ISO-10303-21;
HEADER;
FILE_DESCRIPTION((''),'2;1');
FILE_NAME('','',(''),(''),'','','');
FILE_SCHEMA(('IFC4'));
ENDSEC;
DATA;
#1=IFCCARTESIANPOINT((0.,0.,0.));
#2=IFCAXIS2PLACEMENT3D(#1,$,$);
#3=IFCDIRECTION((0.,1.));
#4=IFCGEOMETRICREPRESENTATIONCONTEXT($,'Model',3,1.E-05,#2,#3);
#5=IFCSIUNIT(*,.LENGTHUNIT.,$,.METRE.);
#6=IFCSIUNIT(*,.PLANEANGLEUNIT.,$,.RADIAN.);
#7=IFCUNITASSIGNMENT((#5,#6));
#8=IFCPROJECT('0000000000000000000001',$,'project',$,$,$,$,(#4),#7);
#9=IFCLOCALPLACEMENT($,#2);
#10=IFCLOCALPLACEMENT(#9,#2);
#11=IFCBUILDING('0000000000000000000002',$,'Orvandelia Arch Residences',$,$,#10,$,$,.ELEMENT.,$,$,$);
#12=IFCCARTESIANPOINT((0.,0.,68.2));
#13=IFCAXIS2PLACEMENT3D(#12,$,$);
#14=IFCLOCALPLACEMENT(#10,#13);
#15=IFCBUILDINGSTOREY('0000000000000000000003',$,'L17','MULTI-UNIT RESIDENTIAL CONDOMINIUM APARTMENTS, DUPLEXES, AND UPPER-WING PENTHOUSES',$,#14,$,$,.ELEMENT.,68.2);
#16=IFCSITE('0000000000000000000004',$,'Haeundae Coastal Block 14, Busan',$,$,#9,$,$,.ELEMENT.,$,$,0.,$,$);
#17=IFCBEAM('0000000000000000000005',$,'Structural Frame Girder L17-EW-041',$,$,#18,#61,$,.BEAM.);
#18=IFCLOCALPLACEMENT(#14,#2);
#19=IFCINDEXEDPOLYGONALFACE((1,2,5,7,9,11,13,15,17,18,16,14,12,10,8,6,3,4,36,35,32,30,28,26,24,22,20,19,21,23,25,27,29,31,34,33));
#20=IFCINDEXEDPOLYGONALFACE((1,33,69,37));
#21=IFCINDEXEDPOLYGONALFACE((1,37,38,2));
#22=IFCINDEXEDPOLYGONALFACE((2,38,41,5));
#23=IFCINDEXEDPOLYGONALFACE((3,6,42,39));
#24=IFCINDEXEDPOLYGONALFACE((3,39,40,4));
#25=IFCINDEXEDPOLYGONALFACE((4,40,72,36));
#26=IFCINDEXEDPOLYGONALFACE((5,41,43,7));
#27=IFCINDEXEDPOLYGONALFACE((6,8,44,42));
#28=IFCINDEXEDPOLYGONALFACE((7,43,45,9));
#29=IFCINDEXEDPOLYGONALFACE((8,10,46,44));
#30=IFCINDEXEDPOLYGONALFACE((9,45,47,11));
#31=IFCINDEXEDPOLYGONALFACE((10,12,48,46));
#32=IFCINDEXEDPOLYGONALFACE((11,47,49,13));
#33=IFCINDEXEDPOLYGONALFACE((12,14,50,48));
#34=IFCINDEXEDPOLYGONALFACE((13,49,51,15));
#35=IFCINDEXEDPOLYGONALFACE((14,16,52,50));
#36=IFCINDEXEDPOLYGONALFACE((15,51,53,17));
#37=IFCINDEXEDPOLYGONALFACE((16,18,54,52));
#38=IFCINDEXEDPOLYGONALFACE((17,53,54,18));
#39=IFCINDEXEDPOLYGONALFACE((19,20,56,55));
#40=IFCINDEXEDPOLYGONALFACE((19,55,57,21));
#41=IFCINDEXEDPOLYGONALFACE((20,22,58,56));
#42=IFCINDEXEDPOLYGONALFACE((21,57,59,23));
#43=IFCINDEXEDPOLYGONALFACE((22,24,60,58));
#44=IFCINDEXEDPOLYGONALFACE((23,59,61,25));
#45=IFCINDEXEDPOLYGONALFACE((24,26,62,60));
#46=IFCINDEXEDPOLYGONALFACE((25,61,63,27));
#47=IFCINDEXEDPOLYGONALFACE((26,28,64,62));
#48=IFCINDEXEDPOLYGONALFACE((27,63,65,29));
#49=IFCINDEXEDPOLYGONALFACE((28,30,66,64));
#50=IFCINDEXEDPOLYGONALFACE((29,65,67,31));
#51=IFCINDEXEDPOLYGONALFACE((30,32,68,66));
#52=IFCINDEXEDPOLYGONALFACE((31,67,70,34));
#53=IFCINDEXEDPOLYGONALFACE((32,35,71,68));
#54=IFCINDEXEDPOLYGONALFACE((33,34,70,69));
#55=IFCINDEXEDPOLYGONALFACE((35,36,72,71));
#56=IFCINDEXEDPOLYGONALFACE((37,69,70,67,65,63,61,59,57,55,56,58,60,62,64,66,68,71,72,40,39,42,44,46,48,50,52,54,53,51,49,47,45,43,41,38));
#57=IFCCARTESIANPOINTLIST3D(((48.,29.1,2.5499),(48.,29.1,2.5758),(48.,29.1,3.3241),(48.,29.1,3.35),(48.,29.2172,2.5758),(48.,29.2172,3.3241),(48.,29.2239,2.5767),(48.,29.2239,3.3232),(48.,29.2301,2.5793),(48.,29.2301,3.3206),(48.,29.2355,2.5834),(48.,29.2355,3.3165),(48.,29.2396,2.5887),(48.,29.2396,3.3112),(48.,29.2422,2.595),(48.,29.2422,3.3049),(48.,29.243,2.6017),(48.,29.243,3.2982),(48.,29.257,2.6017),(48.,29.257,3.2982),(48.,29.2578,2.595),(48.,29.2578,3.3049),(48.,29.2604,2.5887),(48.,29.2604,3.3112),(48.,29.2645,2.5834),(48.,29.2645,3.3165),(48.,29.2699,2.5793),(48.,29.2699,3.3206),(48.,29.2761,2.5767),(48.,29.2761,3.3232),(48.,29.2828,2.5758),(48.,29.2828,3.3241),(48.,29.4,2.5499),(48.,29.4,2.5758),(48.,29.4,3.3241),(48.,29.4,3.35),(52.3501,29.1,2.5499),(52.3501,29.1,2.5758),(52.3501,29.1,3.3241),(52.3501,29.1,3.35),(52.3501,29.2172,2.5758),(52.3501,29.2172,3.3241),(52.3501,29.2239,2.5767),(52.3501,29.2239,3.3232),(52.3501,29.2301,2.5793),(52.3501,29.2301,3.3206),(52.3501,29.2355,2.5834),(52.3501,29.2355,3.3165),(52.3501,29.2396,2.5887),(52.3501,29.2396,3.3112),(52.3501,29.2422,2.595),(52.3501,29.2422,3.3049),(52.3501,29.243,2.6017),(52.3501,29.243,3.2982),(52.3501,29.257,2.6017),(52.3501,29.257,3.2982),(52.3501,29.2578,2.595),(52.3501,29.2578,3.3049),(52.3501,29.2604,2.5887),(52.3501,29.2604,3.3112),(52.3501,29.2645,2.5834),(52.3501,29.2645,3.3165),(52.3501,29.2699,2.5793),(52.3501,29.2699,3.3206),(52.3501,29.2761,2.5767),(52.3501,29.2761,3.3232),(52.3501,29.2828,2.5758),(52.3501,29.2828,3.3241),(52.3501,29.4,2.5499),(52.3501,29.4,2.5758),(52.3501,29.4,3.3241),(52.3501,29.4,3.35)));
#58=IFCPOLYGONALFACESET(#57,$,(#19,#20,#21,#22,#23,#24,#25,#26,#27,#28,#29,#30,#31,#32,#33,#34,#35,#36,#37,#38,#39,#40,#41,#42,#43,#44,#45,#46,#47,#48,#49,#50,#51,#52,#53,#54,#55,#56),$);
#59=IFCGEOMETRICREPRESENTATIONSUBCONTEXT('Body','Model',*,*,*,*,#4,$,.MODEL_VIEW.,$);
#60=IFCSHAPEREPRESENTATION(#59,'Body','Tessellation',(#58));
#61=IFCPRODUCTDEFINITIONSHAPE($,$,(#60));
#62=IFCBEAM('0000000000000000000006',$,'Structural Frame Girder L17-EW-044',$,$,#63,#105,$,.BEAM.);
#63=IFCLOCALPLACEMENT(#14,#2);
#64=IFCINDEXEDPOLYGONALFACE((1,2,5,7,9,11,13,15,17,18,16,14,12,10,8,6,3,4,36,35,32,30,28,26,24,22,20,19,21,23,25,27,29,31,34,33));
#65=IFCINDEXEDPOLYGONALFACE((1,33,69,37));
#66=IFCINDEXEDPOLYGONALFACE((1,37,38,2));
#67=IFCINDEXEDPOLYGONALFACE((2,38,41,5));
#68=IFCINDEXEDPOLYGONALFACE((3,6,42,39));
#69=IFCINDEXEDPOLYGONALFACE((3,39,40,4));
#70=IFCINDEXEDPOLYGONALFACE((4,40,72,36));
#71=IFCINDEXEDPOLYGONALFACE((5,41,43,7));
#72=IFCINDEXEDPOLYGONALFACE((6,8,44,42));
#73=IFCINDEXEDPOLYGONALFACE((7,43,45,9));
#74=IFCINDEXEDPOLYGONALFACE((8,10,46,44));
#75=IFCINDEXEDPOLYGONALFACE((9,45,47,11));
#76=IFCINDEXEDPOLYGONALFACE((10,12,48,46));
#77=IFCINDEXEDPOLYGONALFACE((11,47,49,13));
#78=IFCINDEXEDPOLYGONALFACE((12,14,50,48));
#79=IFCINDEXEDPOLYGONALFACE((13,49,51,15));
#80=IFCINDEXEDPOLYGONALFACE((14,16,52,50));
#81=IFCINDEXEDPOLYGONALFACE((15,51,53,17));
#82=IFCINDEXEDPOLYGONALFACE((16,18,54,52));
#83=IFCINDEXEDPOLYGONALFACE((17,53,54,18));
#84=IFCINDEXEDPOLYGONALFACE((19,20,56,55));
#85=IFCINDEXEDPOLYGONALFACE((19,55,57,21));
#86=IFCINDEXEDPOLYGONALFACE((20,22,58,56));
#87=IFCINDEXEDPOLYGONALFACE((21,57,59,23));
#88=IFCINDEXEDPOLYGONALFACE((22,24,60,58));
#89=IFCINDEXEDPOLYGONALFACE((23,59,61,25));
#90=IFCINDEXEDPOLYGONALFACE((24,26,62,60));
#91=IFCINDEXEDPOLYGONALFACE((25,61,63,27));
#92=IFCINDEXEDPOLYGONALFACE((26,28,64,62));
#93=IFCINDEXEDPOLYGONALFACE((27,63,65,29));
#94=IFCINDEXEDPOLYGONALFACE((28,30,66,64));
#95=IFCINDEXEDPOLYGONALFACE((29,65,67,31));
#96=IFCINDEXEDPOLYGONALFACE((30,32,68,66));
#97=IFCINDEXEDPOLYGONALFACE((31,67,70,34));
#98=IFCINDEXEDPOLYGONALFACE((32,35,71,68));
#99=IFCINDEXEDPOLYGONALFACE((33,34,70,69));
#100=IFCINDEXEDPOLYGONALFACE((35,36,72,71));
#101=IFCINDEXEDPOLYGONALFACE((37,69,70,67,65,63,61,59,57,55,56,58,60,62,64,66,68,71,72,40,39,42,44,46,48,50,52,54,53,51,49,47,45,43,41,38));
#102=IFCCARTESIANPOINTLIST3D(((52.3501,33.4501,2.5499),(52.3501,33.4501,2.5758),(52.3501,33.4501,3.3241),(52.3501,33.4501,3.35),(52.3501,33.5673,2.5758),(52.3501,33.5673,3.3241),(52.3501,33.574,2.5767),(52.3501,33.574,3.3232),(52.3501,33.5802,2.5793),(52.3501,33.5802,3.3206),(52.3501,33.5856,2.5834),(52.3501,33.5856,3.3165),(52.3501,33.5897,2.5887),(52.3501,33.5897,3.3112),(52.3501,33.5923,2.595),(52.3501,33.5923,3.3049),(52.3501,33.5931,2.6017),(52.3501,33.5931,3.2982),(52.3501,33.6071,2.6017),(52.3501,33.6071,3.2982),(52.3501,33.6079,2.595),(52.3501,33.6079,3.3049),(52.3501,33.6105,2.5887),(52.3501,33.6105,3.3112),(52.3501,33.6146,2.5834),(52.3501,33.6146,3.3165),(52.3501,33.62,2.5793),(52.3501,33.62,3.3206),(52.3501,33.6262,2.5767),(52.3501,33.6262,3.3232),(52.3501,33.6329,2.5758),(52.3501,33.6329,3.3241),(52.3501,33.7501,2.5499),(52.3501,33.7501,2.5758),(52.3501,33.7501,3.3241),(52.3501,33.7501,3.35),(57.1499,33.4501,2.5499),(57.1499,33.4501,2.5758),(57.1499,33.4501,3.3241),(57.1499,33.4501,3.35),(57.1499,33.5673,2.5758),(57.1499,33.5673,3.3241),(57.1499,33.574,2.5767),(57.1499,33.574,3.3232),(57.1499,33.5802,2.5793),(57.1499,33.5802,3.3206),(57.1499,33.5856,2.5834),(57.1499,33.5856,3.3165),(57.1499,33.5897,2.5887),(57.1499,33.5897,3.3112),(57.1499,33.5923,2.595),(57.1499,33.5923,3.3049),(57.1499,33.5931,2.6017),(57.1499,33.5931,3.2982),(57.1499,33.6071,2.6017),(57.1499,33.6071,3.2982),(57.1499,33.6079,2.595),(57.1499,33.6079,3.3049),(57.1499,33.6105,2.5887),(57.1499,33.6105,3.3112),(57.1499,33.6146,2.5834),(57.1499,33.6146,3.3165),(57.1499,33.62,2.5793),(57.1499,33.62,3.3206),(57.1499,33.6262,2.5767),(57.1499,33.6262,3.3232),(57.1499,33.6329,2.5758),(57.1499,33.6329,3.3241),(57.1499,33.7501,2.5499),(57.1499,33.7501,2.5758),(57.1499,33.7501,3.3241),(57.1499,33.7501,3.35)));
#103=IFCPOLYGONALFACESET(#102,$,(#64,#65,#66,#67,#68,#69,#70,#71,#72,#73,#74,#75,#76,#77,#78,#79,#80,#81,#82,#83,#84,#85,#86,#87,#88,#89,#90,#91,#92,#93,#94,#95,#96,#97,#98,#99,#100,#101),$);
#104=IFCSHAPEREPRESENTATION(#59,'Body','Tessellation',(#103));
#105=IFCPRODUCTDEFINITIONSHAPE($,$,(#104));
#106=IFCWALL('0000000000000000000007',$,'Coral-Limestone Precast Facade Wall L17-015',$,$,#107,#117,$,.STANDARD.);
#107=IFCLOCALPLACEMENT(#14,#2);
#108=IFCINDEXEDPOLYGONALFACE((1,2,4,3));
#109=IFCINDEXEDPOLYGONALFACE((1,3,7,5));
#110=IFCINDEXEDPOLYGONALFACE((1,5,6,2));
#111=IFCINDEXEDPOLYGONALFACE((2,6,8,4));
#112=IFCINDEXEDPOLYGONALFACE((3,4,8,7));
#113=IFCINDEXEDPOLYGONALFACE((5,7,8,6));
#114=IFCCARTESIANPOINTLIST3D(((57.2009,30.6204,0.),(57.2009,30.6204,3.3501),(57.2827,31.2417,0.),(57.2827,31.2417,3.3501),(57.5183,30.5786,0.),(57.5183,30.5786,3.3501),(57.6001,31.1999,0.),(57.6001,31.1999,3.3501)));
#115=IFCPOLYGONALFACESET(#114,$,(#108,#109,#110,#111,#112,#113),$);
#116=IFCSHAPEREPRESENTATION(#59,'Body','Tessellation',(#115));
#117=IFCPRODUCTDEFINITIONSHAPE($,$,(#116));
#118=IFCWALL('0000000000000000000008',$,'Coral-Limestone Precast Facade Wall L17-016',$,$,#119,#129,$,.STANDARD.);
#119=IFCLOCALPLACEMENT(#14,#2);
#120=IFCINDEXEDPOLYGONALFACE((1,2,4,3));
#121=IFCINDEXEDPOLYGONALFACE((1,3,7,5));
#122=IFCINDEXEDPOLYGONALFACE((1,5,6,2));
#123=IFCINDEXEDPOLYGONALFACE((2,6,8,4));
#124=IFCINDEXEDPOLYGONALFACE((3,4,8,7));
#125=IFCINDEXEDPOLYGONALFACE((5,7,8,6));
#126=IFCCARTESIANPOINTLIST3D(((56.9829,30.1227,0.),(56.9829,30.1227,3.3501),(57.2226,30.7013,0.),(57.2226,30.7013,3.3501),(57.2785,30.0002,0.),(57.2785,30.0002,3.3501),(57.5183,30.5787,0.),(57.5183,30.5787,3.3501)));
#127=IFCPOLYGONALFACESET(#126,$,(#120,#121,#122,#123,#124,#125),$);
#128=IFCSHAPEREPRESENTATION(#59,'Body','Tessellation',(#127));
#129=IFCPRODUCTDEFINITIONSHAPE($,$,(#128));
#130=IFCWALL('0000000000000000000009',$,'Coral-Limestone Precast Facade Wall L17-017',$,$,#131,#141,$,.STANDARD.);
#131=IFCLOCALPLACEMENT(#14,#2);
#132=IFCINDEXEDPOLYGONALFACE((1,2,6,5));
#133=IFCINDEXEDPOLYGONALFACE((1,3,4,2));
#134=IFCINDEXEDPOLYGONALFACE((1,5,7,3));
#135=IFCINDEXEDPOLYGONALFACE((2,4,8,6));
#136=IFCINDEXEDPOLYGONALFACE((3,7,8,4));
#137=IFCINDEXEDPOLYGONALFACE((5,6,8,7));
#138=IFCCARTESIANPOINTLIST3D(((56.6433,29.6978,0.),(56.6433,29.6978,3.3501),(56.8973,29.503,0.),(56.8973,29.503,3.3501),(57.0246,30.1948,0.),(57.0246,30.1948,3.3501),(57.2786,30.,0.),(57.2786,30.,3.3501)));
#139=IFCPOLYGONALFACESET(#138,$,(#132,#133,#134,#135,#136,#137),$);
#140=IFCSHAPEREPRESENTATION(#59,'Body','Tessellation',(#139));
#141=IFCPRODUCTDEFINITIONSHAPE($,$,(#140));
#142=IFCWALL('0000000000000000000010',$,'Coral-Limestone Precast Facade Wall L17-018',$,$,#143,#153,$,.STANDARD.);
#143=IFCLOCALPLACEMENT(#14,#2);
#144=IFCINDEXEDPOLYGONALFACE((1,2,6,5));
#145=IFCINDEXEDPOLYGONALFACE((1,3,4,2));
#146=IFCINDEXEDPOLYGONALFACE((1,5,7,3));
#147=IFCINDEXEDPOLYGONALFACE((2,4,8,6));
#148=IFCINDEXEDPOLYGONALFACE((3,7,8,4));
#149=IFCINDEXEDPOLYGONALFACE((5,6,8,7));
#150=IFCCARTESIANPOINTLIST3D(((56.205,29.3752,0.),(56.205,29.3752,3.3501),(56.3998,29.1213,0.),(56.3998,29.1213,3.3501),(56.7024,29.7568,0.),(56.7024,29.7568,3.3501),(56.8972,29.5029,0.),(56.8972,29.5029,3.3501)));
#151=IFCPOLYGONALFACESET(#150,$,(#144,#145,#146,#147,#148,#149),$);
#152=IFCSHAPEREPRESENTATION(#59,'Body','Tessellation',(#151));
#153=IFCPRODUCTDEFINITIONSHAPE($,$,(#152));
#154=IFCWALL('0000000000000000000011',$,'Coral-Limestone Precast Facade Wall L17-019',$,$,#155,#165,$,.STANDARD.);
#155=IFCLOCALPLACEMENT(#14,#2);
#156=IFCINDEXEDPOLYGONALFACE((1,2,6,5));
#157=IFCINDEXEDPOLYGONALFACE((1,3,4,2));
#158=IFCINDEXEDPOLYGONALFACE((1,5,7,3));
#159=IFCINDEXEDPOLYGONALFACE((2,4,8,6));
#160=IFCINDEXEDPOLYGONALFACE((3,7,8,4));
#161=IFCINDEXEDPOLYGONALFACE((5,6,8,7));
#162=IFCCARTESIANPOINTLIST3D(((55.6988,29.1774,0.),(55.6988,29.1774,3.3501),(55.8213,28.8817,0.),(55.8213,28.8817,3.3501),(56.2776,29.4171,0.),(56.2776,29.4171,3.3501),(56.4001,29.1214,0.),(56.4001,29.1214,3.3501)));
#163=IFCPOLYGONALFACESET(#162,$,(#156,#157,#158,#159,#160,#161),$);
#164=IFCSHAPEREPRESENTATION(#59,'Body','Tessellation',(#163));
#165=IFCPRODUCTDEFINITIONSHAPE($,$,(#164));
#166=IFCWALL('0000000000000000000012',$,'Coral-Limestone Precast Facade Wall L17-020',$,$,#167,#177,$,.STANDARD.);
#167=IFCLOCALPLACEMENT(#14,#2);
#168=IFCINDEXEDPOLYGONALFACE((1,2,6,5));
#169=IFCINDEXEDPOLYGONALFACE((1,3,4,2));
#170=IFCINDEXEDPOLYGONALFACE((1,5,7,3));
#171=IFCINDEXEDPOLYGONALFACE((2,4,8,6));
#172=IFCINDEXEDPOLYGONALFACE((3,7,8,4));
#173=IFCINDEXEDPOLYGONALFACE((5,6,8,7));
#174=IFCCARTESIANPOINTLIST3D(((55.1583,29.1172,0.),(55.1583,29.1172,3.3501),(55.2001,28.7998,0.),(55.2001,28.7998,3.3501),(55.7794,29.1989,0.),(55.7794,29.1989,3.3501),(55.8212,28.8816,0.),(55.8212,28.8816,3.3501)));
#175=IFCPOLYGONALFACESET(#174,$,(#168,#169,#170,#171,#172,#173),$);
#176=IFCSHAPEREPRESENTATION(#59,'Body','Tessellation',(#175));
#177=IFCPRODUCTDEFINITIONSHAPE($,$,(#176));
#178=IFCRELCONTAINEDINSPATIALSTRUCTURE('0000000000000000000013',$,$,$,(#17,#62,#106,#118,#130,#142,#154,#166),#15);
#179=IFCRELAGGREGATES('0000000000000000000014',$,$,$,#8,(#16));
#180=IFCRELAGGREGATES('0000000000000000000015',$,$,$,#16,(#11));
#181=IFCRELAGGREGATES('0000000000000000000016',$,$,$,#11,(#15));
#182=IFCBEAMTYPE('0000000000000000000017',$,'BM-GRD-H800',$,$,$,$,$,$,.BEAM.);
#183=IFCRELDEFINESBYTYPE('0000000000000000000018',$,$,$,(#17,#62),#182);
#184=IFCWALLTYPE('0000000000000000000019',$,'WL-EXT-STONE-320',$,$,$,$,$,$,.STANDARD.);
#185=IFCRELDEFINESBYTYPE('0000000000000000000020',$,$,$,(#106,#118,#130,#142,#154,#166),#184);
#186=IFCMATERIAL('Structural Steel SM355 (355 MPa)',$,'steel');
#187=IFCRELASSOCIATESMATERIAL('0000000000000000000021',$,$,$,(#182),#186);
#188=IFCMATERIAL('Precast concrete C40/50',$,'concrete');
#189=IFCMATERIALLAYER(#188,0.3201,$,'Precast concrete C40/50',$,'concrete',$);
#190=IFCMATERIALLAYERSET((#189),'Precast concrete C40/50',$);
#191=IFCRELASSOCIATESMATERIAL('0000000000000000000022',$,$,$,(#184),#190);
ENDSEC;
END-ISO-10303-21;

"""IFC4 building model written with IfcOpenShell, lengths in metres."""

from ifc_helpers import new_model, si_unit, direction, frame, frame_2d, origin, origin_2d, place, context, subcontext, project, spatial, rectangle, i_section, extrude, material, layer, layer_set, material_profile, profile_set, type_object, element, save


model = new_model("IFC4")

# Units and contexts
model_context = context("Model", 3, precision=1e-05, world=origin(), true_north=direction((0.0, 1.0)))
body_context = subcontext(model_context, "Body", "Model", "MODEL_VIEW")
ifc_project = project(units=[si_unit("LENGTHUNIT", "METRE"), si_unit("PLANEANGLEUNIT", "RADIAN")], contexts=[model_context])

# Site, building, storey
site_placement = place(None, origin())
site = spatial("IfcSite", under=ifc_project, at=site_placement, Name="Haeundae Coastal Block 14, Busan", CompositionType="ELEMENT", RefElevation=0.0)
building_placement = place(site_placement, origin())
building = spatial("IfcBuilding", under=site, at=building_placement, Name="Orvandelia Arch Residences", CompositionType="ELEMENT")
storey_placement = place(building_placement, frame((0.0, 0.0, 68.2)))
storey = spatial("IfcBuildingStorey", under=building, at=storey_placement, Name="L17", Description="MULTI-UNIT RESIDENTIAL CONDOMINIUM APARTMENTS, DUPLEXES, AND UPPER-WING PENTHOUSES", CompositionType="ELEMENT", Elevation=68.2)

# Beams
ifc_material_1 = material(Name="Structural Steel SM355 (355 MPa)", Category="steel")
ifc_material_profile_1 = material_profile(ifc_material_1, i_section(OverallWidth=0.3, OverallDepth=0.8, WebThickness=0.0139, FlangeThickness=0.0259, FilletRadius=0.0259, at=origin_2d()), Name="Structural Steel SM355 (355 MPa)", Category="steel")
ifc_profile_set_1 = profile_set([ifc_material_profile_1], Name="Structural Steel SM355 (355 MPa)")
beam_type = type_object("IfcBeamType", Name="BM-GRD-H800", PredefinedType="BEAM", material=ifc_profile_set_1)
beam_1_placement = place(storey_placement, frame((48.0, 29.25, 2.95), z_axis=(1.0, 0.0, 0.0), x_axis=(0.0, 1.0, 0.0)))
element("IfcBeam", 1, at=beam_1_placement, inside=storey, type_object=beam_type, Name="Structural Frame Girder L17-EW-041", PredefinedType="BEAM", context=body_context, shape_type="SweptSolid", body=[
    extrude(i_section(OverallWidth=0.3, OverallDepth=0.8, WebThickness=0.0139, FlangeThickness=0.0259, FilletRadius=0.0259, at=origin_2d()), origin(), (0.0, 0.0, 1.0), 4.3501),
])
beam_2_placement = place(storey_placement, frame((52.3501, 33.6001, 2.95), z_axis=(1.0, 0.0, 0.0), x_axis=(0.0, 1.0, 0.0)))
element("IfcBeam", 2, at=beam_2_placement, inside=storey, type_object=beam_type, Name="Structural Frame Girder L17-EW-044", PredefinedType="BEAM", context=body_context, shape_type="SweptSolid", body=[
    extrude(i_section(OverallWidth=0.3, OverallDepth=0.8, WebThickness=0.0139, FlangeThickness=0.0259, FilletRadius=0.0259, at=origin_2d()), origin(), (0.0, 0.0, 1.0), 4.7998),
])

# Walls
ifc_material_2 = material(Name="Precast concrete C40/50", Category="concrete")
ifc_layer_1 = layer(ifc_material_2, 0.3201, Name="Precast concrete C40/50", Category="concrete")
ifc_layer_set_1 = layer_set([ifc_layer_1], Name="Precast concrete C40/50")
wall_type_1 = type_object("IfcWallType", Name="WL-EXT-STONE-320", PredefinedType="STANDARD", material=ifc_layer_set_1)
wall_1_placement = place(storey_placement, frame((57.4414, 31.2209, 0.0), z_axis=(0.0, 0.0, 1.0), x_axis=(-0.130505, -0.991448, 0.0)))
element("IfcWall", 3, at=wall_1_placement, inside=storey, type_object=wall_type_1, Name="Coral-Limestone Precast Facade Wall L17-015", PredefinedType="STANDARD", context=body_context, shape_type="SweptSolid", body=[
    extrude(rectangle(XDim=0.6267, YDim=0.3201, at=frame_2d((0.3135, 0.0))), origin(), (0.0, 0.0, 1.0), 3.3501),
])
wall_2_placement = place(storey_placement, frame((57.3704, 30.6399, 0.0), z_axis=(0.0, 0.0, 1.0), x_axis=(-0.382788, -0.923836, 0.0)))
element("IfcWall", 4, at=wall_2_placement, inside=storey, type_object=wall_type_1, Name="Coral-Limestone Precast Facade Wall L17-016", PredefinedType="STANDARD", context=body_context, shape_type="SweptSolid", body=[
    extrude(rectangle(XDim=0.6262, YDim=0.3201, at=frame_2d((0.313, 0.0))), origin(), (0.0, 0.0, 1.0), 3.3501),
])
wall_3_placement = place(storey_placement, frame((57.1516, 30.0974, 0.0), z_axis=(0.0, 0.0, 1.0), x_axis=(-0.608693, -0.793406, 0.0)))
element("IfcWall", 5, at=wall_3_placement, inside=storey, type_object=wall_type_1, Name="Coral-Limestone Precast Facade Wall L17-017", PredefinedType="STANDARD", context=body_context, shape_type="SweptSolid", body=[
    extrude(rectangle(XDim=0.6265, YDim=0.3201, at=frame_2d((0.3132, 0.0))), origin(), (0.0, 0.0, 1.0), 3.3501),
])
wall_4_placement = place(storey_placement, frame((56.7998, 29.6299, 0.0), z_axis=(0.0, 0.0, 1.0), x_axis=(-0.793362, -0.60875, 0.0)))
element("IfcWall", 6, at=wall_4_placement, inside=storey, type_object=wall_type_1, Name="Coral-Limestone Precast Facade Wall L17-018", PredefinedType="STANDARD", context=body_context, shape_type="SweptSolid", body=[
    extrude(rectangle(XDim=0.627, YDim=0.3201, at=frame_2d((0.3135, 0.0))), origin(), (0.0, 0.0, 1.0), 3.3501),
])
for number, where, z_axis, x_axis, name in (
    (7, (56.3389, 29.2693, 0.0), (0.0, 0.0, 1.0), (-0.923893, -0.38265, 0.0), "Coral-Limestone Precast Facade Wall L17-019"),
    (8, (55.8003, 29.0403, 0.0), (0.0, 0.0, 1.0), (-0.991441, -0.130555, 0.0), "Coral-Limestone Precast Facade Wall L17-020"),
):
    element("IfcWall", number, at=place(storey_placement, frame(where, z_axis=z_axis, x_axis=x_axis)), inside=storey, type_object=wall_type_1, Name=name, PredefinedType="STANDARD", context=body_context, shape_type="SweptSolid", body=[
        extrude(rectangle(XDim=0.6265, YDim=0.3201, at=frame_2d((0.3132, 0.0))), origin(), (0.0, 0.0, 1.0), 3.3501),
    ])

save(model, "model.ifc")
